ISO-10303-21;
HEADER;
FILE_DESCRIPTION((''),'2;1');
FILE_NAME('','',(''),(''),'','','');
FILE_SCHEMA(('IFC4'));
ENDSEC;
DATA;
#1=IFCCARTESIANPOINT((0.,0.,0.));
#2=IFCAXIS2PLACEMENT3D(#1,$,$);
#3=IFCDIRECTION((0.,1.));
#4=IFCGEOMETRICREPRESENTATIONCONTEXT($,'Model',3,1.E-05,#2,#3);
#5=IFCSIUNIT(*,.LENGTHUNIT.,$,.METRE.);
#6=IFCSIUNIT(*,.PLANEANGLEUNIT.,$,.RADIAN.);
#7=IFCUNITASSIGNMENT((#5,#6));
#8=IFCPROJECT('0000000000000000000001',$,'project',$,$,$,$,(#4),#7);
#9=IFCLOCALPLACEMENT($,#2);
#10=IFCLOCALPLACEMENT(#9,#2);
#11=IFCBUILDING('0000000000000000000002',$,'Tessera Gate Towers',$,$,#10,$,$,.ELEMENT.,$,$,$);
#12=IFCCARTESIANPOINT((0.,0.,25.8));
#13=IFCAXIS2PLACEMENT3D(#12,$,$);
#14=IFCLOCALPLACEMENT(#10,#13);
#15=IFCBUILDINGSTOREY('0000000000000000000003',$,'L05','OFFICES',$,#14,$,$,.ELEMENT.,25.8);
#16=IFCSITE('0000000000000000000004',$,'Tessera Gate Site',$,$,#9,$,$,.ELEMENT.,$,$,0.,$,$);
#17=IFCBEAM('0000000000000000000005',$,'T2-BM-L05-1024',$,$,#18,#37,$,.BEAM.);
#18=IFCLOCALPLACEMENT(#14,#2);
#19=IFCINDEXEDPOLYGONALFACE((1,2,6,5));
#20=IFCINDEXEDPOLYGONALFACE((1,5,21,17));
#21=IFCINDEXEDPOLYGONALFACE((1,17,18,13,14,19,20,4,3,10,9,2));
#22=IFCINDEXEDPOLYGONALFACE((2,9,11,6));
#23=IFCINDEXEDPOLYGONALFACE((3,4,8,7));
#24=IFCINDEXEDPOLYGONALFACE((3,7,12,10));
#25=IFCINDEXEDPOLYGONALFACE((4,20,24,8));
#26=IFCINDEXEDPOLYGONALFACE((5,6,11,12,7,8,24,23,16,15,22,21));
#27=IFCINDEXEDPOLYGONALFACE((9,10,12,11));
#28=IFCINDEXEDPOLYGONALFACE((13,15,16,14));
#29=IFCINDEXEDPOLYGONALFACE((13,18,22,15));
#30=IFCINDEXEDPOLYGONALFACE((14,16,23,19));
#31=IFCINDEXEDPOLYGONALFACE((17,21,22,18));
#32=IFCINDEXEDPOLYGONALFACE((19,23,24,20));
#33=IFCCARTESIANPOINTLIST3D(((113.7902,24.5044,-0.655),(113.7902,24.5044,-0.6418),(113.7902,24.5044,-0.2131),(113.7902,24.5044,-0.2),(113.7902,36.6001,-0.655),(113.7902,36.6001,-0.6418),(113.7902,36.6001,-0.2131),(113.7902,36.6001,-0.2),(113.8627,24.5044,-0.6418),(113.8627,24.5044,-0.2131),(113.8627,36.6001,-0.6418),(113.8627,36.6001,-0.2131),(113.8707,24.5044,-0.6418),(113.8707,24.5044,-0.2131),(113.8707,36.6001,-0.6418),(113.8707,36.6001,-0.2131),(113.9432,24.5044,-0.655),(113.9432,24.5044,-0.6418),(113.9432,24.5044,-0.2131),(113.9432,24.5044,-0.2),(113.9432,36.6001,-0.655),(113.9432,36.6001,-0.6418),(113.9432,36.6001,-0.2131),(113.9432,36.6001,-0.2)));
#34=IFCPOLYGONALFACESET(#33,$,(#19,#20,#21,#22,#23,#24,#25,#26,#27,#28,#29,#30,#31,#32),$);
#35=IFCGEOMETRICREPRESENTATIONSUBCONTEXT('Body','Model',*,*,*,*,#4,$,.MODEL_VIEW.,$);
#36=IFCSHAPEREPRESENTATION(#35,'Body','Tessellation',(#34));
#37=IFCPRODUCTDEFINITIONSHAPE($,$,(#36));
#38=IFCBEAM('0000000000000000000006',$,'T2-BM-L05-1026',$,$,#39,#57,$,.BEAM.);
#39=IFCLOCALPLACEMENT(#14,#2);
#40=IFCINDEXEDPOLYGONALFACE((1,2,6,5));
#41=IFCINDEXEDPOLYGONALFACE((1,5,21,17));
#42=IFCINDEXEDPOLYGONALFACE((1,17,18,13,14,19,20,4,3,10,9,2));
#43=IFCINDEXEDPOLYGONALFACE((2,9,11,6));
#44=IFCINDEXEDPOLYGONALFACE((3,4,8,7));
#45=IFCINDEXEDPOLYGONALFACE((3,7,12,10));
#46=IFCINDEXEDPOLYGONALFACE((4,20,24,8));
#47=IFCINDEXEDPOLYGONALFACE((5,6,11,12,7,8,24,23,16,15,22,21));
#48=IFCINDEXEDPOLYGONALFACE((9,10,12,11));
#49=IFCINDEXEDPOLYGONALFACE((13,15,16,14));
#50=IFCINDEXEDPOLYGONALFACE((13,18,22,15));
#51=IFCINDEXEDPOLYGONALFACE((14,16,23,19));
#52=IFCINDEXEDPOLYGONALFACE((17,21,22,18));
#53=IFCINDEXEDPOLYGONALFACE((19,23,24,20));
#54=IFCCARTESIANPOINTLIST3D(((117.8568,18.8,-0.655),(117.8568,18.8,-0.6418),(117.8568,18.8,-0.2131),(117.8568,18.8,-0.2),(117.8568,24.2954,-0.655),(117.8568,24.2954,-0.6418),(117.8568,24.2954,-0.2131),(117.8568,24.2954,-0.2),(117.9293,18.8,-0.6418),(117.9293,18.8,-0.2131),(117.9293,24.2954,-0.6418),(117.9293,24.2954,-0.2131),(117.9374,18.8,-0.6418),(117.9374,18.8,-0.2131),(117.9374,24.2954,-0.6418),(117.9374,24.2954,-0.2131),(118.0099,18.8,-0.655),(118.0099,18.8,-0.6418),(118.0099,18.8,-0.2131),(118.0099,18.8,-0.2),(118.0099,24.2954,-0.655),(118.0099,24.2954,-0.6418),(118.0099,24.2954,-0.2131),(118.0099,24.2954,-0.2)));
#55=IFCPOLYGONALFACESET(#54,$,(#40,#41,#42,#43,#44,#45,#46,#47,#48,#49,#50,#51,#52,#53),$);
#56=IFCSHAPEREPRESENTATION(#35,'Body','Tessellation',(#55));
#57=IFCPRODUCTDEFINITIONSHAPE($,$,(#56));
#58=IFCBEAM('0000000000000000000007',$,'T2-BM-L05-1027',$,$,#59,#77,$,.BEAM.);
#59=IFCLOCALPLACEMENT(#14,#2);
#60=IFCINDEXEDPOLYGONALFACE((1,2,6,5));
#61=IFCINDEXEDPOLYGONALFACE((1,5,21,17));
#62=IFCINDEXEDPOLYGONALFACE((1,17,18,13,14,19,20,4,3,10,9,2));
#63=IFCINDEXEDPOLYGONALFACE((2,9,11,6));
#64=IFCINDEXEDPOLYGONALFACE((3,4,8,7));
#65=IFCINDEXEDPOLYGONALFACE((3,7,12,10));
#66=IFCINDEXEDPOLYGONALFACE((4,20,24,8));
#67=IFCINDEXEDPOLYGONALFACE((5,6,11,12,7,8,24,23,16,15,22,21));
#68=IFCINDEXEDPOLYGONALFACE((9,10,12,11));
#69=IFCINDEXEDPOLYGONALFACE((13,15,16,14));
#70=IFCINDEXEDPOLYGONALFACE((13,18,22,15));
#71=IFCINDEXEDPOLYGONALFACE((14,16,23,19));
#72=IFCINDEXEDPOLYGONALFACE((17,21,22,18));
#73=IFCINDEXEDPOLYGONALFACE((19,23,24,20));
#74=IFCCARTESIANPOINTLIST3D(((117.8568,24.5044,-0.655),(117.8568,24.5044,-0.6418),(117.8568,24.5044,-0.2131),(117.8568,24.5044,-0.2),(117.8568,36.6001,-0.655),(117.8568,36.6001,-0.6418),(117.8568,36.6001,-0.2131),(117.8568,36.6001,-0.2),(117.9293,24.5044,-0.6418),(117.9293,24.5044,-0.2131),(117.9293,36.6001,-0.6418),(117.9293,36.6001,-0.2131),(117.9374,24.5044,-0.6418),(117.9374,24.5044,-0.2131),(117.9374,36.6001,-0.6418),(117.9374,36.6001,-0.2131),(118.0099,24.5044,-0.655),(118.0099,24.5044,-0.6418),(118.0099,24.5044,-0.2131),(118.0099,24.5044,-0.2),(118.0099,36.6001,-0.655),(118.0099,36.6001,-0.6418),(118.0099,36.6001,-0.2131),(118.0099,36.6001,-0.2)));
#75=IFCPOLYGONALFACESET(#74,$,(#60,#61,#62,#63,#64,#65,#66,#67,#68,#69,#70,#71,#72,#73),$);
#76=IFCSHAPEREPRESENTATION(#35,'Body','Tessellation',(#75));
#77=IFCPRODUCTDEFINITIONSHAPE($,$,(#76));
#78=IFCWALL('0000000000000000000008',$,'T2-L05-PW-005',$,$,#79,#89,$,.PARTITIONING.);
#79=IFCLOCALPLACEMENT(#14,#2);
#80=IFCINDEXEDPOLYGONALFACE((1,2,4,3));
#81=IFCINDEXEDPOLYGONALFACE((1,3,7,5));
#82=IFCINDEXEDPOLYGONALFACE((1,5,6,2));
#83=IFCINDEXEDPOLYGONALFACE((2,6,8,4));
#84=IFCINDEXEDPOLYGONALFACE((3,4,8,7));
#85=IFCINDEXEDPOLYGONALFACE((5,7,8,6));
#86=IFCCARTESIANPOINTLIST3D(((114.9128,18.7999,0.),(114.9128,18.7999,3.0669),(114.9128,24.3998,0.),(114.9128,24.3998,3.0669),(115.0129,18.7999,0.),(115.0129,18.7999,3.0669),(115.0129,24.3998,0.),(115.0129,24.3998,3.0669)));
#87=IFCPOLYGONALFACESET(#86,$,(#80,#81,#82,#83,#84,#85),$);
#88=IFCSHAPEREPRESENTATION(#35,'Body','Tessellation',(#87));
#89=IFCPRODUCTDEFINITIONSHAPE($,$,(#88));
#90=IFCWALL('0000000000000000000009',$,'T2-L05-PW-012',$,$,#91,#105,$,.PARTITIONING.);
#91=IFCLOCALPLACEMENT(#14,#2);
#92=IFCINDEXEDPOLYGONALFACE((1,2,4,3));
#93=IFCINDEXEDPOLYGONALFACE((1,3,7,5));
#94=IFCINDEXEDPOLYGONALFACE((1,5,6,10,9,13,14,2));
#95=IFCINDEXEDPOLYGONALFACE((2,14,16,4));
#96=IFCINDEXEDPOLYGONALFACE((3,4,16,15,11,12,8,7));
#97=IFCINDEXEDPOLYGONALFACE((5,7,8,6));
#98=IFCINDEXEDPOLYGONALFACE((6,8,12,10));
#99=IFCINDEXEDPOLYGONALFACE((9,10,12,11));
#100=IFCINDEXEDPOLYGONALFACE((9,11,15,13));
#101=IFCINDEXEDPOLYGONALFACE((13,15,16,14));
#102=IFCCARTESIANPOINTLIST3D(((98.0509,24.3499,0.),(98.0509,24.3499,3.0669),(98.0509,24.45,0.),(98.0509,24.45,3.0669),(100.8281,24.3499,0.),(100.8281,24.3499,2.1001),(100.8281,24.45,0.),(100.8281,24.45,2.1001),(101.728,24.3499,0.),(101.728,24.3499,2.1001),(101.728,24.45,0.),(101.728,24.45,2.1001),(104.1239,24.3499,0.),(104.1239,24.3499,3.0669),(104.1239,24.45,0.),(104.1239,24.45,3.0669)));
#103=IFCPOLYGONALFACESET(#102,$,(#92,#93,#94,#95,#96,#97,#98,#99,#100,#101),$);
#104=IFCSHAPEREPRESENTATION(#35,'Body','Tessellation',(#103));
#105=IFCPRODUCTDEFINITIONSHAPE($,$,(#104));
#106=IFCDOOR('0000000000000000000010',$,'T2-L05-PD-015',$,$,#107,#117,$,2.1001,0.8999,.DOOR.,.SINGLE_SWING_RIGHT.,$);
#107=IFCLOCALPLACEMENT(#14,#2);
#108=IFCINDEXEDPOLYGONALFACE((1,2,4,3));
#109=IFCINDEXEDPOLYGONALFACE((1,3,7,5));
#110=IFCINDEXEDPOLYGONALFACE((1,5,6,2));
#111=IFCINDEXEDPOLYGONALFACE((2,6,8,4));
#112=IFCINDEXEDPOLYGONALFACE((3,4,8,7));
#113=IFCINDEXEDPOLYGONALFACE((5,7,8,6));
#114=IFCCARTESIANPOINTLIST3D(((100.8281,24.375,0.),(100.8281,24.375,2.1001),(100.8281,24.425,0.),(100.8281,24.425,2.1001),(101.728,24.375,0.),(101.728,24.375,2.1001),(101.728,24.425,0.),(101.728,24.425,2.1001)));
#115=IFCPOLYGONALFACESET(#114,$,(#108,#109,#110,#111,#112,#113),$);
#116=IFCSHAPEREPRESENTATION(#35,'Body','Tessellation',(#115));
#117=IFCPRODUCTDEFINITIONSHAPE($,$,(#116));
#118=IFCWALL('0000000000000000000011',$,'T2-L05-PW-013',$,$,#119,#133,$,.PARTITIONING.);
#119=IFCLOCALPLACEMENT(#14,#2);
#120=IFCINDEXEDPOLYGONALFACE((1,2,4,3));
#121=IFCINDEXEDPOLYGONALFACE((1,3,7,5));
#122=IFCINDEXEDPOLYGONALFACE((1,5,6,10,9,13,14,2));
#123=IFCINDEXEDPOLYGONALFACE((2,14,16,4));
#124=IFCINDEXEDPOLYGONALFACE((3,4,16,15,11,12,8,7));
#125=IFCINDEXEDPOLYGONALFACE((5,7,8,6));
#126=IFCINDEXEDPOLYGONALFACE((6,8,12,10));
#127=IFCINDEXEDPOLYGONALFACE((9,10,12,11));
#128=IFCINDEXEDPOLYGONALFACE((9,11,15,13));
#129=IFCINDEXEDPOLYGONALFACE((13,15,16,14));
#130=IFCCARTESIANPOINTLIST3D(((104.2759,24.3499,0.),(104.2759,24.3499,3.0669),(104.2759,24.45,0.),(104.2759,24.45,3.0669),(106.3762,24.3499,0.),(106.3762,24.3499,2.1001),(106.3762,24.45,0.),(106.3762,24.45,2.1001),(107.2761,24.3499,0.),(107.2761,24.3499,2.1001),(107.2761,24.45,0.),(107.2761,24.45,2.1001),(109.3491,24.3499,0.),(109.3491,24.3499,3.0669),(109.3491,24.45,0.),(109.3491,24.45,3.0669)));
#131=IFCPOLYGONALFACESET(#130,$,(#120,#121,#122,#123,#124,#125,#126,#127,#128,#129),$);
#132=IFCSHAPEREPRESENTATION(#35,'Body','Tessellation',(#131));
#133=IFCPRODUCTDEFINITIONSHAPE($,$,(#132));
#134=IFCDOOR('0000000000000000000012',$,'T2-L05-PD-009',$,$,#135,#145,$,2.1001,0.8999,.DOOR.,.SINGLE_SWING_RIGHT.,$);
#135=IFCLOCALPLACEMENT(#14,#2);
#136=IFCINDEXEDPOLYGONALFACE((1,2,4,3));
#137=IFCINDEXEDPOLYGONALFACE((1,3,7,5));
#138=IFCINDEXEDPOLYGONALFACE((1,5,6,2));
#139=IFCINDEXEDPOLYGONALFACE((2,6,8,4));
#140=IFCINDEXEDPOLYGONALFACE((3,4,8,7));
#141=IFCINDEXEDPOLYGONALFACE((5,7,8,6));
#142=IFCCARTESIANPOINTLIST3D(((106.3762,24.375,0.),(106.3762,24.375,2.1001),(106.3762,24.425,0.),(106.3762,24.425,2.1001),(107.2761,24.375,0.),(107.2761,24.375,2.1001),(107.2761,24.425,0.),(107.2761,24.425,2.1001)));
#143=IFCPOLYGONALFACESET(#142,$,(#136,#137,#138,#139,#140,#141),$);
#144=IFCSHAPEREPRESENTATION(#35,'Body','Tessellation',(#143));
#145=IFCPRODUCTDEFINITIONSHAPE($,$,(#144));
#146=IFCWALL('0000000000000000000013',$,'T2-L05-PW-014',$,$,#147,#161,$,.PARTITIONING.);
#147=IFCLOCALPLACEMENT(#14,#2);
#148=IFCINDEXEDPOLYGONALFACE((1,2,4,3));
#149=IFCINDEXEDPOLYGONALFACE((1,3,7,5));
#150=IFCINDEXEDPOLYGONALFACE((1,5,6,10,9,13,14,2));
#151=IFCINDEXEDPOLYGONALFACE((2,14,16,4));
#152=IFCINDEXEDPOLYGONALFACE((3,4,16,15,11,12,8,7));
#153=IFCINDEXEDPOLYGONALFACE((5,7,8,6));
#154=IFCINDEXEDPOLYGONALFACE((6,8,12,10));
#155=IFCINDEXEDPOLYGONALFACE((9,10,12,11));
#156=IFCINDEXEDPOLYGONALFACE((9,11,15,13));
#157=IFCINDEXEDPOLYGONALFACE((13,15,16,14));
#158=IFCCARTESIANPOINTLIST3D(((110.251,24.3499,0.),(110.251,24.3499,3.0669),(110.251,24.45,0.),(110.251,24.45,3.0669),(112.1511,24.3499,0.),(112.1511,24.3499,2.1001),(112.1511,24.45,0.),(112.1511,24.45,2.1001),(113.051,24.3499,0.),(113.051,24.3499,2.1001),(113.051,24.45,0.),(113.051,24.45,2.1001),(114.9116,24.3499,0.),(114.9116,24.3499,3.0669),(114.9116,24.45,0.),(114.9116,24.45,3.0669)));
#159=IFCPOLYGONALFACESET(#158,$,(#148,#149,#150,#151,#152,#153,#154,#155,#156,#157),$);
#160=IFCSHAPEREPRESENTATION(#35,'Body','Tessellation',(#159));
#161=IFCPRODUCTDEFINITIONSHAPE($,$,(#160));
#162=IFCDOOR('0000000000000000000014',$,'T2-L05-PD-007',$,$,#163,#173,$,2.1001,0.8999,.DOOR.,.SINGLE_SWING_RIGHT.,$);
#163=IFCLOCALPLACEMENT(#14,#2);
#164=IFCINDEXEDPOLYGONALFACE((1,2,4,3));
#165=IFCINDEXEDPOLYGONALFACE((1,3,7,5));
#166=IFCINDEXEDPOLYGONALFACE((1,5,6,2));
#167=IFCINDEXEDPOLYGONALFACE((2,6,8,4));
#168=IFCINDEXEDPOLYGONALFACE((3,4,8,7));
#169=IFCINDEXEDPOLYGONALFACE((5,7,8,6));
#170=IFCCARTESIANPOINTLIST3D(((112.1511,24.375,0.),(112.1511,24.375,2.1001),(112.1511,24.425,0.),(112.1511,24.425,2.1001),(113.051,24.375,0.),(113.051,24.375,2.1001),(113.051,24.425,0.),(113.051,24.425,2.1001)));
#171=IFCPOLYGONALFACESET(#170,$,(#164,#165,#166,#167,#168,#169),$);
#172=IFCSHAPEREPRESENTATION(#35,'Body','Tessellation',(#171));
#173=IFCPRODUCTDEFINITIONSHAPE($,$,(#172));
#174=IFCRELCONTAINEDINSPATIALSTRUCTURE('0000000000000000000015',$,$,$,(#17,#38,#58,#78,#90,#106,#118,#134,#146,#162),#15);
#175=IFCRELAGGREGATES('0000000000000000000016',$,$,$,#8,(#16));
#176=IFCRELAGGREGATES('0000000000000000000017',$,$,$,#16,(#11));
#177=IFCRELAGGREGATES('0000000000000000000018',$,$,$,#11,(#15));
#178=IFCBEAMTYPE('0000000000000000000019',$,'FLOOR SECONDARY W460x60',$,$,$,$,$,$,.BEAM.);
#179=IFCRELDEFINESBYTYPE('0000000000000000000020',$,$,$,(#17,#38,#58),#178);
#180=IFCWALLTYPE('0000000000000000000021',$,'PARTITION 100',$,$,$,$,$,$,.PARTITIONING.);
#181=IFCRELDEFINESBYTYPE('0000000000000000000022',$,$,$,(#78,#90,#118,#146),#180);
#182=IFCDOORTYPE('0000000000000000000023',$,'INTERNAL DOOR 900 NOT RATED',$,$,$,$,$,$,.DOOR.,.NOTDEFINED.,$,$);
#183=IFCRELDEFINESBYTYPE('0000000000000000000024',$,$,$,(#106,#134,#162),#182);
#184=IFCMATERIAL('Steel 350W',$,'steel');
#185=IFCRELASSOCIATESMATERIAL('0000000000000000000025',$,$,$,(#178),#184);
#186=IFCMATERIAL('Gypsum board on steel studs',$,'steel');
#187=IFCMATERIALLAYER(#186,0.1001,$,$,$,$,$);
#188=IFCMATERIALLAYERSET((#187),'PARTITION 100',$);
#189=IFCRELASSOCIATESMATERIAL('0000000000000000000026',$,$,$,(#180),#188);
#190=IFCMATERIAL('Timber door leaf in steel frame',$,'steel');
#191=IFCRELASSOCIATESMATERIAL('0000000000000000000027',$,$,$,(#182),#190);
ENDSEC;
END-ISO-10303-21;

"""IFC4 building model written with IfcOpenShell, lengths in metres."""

from ifc_helpers import new_model, si_unit, direction, frame, frame_2d, origin, origin_2d, place, context, subcontext, project, spatial, rectangle, i_section, extrude, source, transform, mapped, material, layer, layer_set, material_profile, profile_set, type_object, element, fill, save


model = new_model("IFC4")

# Units and contexts
model_context = context("Model", 3, precision=1e-05, world=origin(), true_north=direction((0.0, 1.0)))
body_context = subcontext(model_context, "Body", "Model", "MODEL_VIEW")
ifc_project = project(units=[si_unit("LENGTHUNIT", "METRE"), si_unit("PLANEANGLEUNIT", "RADIAN")], contexts=[model_context])

# Site, building, storey
site_placement = place(None, origin())
site = spatial("IfcSite", under=ifc_project, at=site_placement, Name="Tessera Gate Site", CompositionType="ELEMENT", RefElevation=0.0)
building_placement = place(site_placement, origin())
building = spatial("IfcBuilding", under=site, at=building_placement, Name="Tessera Gate Towers", CompositionType="ELEMENT")
storey_placement = place(building_placement, frame((0.0, 0.0, 25.8)))
storey = spatial("IfcBuildingStorey", under=building, at=storey_placement, Name="L05", Description="OFFICES", CompositionType="ELEMENT", Elevation=25.8)

# Beams
ifc_material_1 = material(Name="Steel 350W", Category="steel")
ifc_material_profile_1 = material_profile(ifc_material_1, i_section(OverallWidth=0.1531, OverallDepth=0.4551, WebThickness=0.0081, FlangeThickness=0.0132, at=origin_2d()), Name="W460x60")
ifc_profile_set_1 = profile_set([ifc_material_profile_1], Name="Steel 350W")
beam_type_1 = type_object("IfcBeamType", Name="FLOOR SECONDARY W460x60", PredefinedType="BEAM", material=ifc_profile_set_1)
beam_1_placement = place(storey_placement, frame((113.8667, 24.5044, -0.4275), z_axis=(0.0, 1.0, 0.0), x_axis=(-1.0, 0.0, 0.0)))
element("IfcBeam", 1, at=beam_1_placement, inside=storey, type_object=beam_type_1, Name="T2-BM-L05-1024", PredefinedType="BEAM", context=body_context, shape_type="SweptSolid", body=[
    extrude(i_section(OverallWidth=0.1531, OverallDepth=0.4551, WebThickness=0.0081, FlangeThickness=0.0132, at=origin_2d()), origin(), (0.0, 0.0, 1.0), 12.0957),
])
beam_2_placement = place(storey_placement, frame((117.9333, 18.8, -0.4275), z_axis=(0.0, 1.0, 0.0), x_axis=(-1.0, 0.0, 0.0)))
element("IfcBeam", 2, at=beam_2_placement, inside=storey, type_object=beam_type_1, Name="T2-BM-L05-1026", PredefinedType="BEAM", context=body_context, shape_type="SweptSolid", body=[
    extrude(i_section(OverallWidth=0.1531, OverallDepth=0.4551, WebThickness=0.0081, FlangeThickness=0.0132, at=origin_2d()), origin(), (0.0, 0.0, 1.0), 5.4954),
])
beam_3_placement = place(storey_placement, frame((117.9333, 24.5044, -0.4275), z_axis=(0.0, 1.0, 0.0), x_axis=(-1.0, 0.0, 0.0)))
element("IfcBeam", 3, at=beam_3_placement, inside=storey, type_object=beam_type_1, Name="T2-BM-L05-1027", PredefinedType="BEAM", context=body_context, shape_type="SweptSolid", body=[
    extrude(i_section(OverallWidth=0.1531, OverallDepth=0.4551, WebThickness=0.0081, FlangeThickness=0.0132, at=origin_2d()), origin(), (0.0, 0.0, 1.0), 12.0957),
])

# Wall
ifc_material_2 = material(Name="Gypsum board on steel studs", Category="steel")
ifc_layer_1 = layer(ifc_material_2, 0.1001)
ifc_layer_set_1 = layer_set([ifc_layer_1], Name="PARTITION 100")
wall_type_1 = type_object("IfcWallType", Name="PARTITION 100", PredefinedType="PARTITIONING", material=ifc_layer_set_1)
wall_1_placement = place(storey_placement, frame((114.9629, 18.8, 0.0), z_axis=(0.0, 0.0, 1.0), x_axis=(0.0, 1.0, 0.0)))
element("IfcWall", 4, at=wall_1_placement, inside=storey, type_object=wall_type_1, Name="T2-L05-PW-005", PredefinedType="PARTITIONING", context=body_context, shape_type="SweptSolid", body=[
    extrude(rectangle(XDim=5.5999, YDim=0.1001, at=frame_2d((2.7998, 0.0))), origin(), (0.0, 0.0, 1.0), 3.0669),
])

# Walls, openings, doors
wall_2_placement = place(storey_placement, frame((104.124, 24.3999, 0.0), z_axis=(0.0, 0.0, 1.0), x_axis=(-1.0, 0.0, 0.0)))
wall_2 = element("IfcWall", 5, at=wall_2_placement, inside=storey, type_object=wall_type_1, Name="T2-L05-PW-012", PredefinedType="PARTITIONING", context=body_context, shape_type="SweptSolid", body=[
    extrude(rectangle(XDim=6.073, YDim=0.1001, at=frame_2d((3.0366, 0.0))), origin(), (0.0, 0.0, 1.0), 3.0669),
])
shared_shape_1 = source(origin(), body_context, "Body", "SweptSolid", [
    extrude(rectangle(XDim=0.8999, YDim=2.1001, at=frame_2d((0.45, 1.05))), frame((0.0, 0.0601, 0.0), z_axis=(0.0, -1.0, 0.0), x_axis=(1.0, 0.0, 0.0)), (0.0, 0.0, 1.0), 0.1201),
])
opening_1_placement = place(wall_2_placement, frame((2.396, 0.0, 0.0)))
opening_1 = element("IfcOpeningElement", 6, at=opening_1_placement, cuts=wall_2, PredefinedType="OPENING", context=body_context, shape_type="MappedRepresentation", body=[
    mapped(shared_shape_1, transform((0.0, 0.0, 0.0), scale=1.0)),
])
ifc_material_3 = material(Name="Timber door leaf in steel frame", Category="steel")
door_type = type_object("IfcDoorType", Name="INTERNAL DOOR 900 NOT RATED", OperationType="NOTDEFINED", PredefinedType="DOOR", material=ifc_material_3)
shared_shape_2 = source(origin(), body_context, "Body", "SweptSolid", [
    extrude(rectangle(XDim=0.8999, YDim=2.1001, at=frame_2d((0.45, 1.05))), frame((0.0, 0.0249, 0.0), z_axis=(0.0, -1.0, 0.0), x_axis=(1.0, 0.0, 0.0)), (0.0, 0.0, 1.0), 0.05),
])
door_1_placement = place(opening_1_placement, origin())
door_1 = element("IfcDoor", 7, at=door_1_placement, inside=storey, type_object=door_type, Name="T2-L05-PD-015", OperationType="SINGLE_SWING_RIGHT", OverallHeight=2.1001, OverallWidth=0.8999, PredefinedType="DOOR", context=body_context, shape_type="MappedRepresentation", body=[
    mapped(shared_shape_2, transform((0.0, 0.0, 0.0), scale=1.0)),
])
fill(opening_1, door_1)
wall_3_placement = place(storey_placement, frame((109.3491, 24.3999, 0.0), z_axis=(0.0, 0.0, 1.0), x_axis=(-1.0, 0.0, 0.0)))
wall_3 = element("IfcWall", 8, at=wall_3_placement, inside=storey, type_object=wall_type_1, Name="T2-L05-PW-013", PredefinedType="PARTITIONING", context=body_context, shape_type="SweptSolid", body=[
    extrude(rectangle(XDim=5.0732, YDim=0.1001, at=frame_2d((2.5366, 0.0))), origin(), (0.0, 0.0, 1.0), 3.0669),
])
opening_2_placement = place(wall_3_placement, frame((2.073, 0.0, 0.0)))
opening_2 = element("IfcOpeningElement", 9, at=opening_2_placement, cuts=wall_3, PredefinedType="OPENING", context=body_context, shape_type="MappedRepresentation", body=[
    mapped(shared_shape_1, transform((0.0, 0.0, 0.0), scale=1.0)),
])
door_2_placement = place(opening_2_placement, origin())
door_2 = element("IfcDoor", 10, at=door_2_placement, inside=storey, type_object=door_type, Name="T2-L05-PD-009", OperationType="SINGLE_SWING_RIGHT", OverallHeight=2.1001, OverallWidth=0.8999, PredefinedType="DOOR", context=body_context, shape_type="MappedRepresentation", body=[
    mapped(shared_shape_2, transform((0.0, 0.0, 0.0), scale=1.0)),
])
fill(opening_2, door_2)
wall_4_placement = place(storey_placement, frame((114.9116, 24.3999, 0.0), z_axis=(0.0, 0.0, 1.0), x_axis=(-1.0, 0.0, 0.0)))
wall_4 = element("IfcWall", 11, at=wall_4_placement, inside=storey, type_object=wall_type_1, Name="T2-L05-PW-014", PredefinedType="PARTITIONING", context=body_context, shape_type="SweptSolid", body=[
    extrude(rectangle(XDim=4.6606, YDim=0.1001, at=frame_2d((2.3303, 0.0))), origin(), (0.0, 0.0, 1.0), 3.0669),
])
opening_3_placement = place(wall_4_placement, frame((1.8606, 0.0, 0.0)))
opening_3 = element("IfcOpeningElement", 12, at=opening_3_placement, cuts=wall_4, PredefinedType="OPENING", context=body_context, shape_type="MappedRepresentation", body=[
    mapped(shared_shape_1, transform((0.0, 0.0, 0.0), scale=1.0)),
])
door_3_placement = place(opening_3_placement, origin())
door_3 = element("IfcDoor", 13, at=door_3_placement, inside=storey, type_object=door_type, Name="T2-L05-PD-007", OperationType="SINGLE_SWING_RIGHT", OverallHeight=2.1001, OverallWidth=0.8999, PredefinedType="DOOR", context=body_context, shape_type="MappedRepresentation", body=[
    mapped(shared_shape_2, transform((0.0, 0.0, 0.0), scale=1.0)),
])
fill(opening_3, door_3)

save(model, "model.ifc")
